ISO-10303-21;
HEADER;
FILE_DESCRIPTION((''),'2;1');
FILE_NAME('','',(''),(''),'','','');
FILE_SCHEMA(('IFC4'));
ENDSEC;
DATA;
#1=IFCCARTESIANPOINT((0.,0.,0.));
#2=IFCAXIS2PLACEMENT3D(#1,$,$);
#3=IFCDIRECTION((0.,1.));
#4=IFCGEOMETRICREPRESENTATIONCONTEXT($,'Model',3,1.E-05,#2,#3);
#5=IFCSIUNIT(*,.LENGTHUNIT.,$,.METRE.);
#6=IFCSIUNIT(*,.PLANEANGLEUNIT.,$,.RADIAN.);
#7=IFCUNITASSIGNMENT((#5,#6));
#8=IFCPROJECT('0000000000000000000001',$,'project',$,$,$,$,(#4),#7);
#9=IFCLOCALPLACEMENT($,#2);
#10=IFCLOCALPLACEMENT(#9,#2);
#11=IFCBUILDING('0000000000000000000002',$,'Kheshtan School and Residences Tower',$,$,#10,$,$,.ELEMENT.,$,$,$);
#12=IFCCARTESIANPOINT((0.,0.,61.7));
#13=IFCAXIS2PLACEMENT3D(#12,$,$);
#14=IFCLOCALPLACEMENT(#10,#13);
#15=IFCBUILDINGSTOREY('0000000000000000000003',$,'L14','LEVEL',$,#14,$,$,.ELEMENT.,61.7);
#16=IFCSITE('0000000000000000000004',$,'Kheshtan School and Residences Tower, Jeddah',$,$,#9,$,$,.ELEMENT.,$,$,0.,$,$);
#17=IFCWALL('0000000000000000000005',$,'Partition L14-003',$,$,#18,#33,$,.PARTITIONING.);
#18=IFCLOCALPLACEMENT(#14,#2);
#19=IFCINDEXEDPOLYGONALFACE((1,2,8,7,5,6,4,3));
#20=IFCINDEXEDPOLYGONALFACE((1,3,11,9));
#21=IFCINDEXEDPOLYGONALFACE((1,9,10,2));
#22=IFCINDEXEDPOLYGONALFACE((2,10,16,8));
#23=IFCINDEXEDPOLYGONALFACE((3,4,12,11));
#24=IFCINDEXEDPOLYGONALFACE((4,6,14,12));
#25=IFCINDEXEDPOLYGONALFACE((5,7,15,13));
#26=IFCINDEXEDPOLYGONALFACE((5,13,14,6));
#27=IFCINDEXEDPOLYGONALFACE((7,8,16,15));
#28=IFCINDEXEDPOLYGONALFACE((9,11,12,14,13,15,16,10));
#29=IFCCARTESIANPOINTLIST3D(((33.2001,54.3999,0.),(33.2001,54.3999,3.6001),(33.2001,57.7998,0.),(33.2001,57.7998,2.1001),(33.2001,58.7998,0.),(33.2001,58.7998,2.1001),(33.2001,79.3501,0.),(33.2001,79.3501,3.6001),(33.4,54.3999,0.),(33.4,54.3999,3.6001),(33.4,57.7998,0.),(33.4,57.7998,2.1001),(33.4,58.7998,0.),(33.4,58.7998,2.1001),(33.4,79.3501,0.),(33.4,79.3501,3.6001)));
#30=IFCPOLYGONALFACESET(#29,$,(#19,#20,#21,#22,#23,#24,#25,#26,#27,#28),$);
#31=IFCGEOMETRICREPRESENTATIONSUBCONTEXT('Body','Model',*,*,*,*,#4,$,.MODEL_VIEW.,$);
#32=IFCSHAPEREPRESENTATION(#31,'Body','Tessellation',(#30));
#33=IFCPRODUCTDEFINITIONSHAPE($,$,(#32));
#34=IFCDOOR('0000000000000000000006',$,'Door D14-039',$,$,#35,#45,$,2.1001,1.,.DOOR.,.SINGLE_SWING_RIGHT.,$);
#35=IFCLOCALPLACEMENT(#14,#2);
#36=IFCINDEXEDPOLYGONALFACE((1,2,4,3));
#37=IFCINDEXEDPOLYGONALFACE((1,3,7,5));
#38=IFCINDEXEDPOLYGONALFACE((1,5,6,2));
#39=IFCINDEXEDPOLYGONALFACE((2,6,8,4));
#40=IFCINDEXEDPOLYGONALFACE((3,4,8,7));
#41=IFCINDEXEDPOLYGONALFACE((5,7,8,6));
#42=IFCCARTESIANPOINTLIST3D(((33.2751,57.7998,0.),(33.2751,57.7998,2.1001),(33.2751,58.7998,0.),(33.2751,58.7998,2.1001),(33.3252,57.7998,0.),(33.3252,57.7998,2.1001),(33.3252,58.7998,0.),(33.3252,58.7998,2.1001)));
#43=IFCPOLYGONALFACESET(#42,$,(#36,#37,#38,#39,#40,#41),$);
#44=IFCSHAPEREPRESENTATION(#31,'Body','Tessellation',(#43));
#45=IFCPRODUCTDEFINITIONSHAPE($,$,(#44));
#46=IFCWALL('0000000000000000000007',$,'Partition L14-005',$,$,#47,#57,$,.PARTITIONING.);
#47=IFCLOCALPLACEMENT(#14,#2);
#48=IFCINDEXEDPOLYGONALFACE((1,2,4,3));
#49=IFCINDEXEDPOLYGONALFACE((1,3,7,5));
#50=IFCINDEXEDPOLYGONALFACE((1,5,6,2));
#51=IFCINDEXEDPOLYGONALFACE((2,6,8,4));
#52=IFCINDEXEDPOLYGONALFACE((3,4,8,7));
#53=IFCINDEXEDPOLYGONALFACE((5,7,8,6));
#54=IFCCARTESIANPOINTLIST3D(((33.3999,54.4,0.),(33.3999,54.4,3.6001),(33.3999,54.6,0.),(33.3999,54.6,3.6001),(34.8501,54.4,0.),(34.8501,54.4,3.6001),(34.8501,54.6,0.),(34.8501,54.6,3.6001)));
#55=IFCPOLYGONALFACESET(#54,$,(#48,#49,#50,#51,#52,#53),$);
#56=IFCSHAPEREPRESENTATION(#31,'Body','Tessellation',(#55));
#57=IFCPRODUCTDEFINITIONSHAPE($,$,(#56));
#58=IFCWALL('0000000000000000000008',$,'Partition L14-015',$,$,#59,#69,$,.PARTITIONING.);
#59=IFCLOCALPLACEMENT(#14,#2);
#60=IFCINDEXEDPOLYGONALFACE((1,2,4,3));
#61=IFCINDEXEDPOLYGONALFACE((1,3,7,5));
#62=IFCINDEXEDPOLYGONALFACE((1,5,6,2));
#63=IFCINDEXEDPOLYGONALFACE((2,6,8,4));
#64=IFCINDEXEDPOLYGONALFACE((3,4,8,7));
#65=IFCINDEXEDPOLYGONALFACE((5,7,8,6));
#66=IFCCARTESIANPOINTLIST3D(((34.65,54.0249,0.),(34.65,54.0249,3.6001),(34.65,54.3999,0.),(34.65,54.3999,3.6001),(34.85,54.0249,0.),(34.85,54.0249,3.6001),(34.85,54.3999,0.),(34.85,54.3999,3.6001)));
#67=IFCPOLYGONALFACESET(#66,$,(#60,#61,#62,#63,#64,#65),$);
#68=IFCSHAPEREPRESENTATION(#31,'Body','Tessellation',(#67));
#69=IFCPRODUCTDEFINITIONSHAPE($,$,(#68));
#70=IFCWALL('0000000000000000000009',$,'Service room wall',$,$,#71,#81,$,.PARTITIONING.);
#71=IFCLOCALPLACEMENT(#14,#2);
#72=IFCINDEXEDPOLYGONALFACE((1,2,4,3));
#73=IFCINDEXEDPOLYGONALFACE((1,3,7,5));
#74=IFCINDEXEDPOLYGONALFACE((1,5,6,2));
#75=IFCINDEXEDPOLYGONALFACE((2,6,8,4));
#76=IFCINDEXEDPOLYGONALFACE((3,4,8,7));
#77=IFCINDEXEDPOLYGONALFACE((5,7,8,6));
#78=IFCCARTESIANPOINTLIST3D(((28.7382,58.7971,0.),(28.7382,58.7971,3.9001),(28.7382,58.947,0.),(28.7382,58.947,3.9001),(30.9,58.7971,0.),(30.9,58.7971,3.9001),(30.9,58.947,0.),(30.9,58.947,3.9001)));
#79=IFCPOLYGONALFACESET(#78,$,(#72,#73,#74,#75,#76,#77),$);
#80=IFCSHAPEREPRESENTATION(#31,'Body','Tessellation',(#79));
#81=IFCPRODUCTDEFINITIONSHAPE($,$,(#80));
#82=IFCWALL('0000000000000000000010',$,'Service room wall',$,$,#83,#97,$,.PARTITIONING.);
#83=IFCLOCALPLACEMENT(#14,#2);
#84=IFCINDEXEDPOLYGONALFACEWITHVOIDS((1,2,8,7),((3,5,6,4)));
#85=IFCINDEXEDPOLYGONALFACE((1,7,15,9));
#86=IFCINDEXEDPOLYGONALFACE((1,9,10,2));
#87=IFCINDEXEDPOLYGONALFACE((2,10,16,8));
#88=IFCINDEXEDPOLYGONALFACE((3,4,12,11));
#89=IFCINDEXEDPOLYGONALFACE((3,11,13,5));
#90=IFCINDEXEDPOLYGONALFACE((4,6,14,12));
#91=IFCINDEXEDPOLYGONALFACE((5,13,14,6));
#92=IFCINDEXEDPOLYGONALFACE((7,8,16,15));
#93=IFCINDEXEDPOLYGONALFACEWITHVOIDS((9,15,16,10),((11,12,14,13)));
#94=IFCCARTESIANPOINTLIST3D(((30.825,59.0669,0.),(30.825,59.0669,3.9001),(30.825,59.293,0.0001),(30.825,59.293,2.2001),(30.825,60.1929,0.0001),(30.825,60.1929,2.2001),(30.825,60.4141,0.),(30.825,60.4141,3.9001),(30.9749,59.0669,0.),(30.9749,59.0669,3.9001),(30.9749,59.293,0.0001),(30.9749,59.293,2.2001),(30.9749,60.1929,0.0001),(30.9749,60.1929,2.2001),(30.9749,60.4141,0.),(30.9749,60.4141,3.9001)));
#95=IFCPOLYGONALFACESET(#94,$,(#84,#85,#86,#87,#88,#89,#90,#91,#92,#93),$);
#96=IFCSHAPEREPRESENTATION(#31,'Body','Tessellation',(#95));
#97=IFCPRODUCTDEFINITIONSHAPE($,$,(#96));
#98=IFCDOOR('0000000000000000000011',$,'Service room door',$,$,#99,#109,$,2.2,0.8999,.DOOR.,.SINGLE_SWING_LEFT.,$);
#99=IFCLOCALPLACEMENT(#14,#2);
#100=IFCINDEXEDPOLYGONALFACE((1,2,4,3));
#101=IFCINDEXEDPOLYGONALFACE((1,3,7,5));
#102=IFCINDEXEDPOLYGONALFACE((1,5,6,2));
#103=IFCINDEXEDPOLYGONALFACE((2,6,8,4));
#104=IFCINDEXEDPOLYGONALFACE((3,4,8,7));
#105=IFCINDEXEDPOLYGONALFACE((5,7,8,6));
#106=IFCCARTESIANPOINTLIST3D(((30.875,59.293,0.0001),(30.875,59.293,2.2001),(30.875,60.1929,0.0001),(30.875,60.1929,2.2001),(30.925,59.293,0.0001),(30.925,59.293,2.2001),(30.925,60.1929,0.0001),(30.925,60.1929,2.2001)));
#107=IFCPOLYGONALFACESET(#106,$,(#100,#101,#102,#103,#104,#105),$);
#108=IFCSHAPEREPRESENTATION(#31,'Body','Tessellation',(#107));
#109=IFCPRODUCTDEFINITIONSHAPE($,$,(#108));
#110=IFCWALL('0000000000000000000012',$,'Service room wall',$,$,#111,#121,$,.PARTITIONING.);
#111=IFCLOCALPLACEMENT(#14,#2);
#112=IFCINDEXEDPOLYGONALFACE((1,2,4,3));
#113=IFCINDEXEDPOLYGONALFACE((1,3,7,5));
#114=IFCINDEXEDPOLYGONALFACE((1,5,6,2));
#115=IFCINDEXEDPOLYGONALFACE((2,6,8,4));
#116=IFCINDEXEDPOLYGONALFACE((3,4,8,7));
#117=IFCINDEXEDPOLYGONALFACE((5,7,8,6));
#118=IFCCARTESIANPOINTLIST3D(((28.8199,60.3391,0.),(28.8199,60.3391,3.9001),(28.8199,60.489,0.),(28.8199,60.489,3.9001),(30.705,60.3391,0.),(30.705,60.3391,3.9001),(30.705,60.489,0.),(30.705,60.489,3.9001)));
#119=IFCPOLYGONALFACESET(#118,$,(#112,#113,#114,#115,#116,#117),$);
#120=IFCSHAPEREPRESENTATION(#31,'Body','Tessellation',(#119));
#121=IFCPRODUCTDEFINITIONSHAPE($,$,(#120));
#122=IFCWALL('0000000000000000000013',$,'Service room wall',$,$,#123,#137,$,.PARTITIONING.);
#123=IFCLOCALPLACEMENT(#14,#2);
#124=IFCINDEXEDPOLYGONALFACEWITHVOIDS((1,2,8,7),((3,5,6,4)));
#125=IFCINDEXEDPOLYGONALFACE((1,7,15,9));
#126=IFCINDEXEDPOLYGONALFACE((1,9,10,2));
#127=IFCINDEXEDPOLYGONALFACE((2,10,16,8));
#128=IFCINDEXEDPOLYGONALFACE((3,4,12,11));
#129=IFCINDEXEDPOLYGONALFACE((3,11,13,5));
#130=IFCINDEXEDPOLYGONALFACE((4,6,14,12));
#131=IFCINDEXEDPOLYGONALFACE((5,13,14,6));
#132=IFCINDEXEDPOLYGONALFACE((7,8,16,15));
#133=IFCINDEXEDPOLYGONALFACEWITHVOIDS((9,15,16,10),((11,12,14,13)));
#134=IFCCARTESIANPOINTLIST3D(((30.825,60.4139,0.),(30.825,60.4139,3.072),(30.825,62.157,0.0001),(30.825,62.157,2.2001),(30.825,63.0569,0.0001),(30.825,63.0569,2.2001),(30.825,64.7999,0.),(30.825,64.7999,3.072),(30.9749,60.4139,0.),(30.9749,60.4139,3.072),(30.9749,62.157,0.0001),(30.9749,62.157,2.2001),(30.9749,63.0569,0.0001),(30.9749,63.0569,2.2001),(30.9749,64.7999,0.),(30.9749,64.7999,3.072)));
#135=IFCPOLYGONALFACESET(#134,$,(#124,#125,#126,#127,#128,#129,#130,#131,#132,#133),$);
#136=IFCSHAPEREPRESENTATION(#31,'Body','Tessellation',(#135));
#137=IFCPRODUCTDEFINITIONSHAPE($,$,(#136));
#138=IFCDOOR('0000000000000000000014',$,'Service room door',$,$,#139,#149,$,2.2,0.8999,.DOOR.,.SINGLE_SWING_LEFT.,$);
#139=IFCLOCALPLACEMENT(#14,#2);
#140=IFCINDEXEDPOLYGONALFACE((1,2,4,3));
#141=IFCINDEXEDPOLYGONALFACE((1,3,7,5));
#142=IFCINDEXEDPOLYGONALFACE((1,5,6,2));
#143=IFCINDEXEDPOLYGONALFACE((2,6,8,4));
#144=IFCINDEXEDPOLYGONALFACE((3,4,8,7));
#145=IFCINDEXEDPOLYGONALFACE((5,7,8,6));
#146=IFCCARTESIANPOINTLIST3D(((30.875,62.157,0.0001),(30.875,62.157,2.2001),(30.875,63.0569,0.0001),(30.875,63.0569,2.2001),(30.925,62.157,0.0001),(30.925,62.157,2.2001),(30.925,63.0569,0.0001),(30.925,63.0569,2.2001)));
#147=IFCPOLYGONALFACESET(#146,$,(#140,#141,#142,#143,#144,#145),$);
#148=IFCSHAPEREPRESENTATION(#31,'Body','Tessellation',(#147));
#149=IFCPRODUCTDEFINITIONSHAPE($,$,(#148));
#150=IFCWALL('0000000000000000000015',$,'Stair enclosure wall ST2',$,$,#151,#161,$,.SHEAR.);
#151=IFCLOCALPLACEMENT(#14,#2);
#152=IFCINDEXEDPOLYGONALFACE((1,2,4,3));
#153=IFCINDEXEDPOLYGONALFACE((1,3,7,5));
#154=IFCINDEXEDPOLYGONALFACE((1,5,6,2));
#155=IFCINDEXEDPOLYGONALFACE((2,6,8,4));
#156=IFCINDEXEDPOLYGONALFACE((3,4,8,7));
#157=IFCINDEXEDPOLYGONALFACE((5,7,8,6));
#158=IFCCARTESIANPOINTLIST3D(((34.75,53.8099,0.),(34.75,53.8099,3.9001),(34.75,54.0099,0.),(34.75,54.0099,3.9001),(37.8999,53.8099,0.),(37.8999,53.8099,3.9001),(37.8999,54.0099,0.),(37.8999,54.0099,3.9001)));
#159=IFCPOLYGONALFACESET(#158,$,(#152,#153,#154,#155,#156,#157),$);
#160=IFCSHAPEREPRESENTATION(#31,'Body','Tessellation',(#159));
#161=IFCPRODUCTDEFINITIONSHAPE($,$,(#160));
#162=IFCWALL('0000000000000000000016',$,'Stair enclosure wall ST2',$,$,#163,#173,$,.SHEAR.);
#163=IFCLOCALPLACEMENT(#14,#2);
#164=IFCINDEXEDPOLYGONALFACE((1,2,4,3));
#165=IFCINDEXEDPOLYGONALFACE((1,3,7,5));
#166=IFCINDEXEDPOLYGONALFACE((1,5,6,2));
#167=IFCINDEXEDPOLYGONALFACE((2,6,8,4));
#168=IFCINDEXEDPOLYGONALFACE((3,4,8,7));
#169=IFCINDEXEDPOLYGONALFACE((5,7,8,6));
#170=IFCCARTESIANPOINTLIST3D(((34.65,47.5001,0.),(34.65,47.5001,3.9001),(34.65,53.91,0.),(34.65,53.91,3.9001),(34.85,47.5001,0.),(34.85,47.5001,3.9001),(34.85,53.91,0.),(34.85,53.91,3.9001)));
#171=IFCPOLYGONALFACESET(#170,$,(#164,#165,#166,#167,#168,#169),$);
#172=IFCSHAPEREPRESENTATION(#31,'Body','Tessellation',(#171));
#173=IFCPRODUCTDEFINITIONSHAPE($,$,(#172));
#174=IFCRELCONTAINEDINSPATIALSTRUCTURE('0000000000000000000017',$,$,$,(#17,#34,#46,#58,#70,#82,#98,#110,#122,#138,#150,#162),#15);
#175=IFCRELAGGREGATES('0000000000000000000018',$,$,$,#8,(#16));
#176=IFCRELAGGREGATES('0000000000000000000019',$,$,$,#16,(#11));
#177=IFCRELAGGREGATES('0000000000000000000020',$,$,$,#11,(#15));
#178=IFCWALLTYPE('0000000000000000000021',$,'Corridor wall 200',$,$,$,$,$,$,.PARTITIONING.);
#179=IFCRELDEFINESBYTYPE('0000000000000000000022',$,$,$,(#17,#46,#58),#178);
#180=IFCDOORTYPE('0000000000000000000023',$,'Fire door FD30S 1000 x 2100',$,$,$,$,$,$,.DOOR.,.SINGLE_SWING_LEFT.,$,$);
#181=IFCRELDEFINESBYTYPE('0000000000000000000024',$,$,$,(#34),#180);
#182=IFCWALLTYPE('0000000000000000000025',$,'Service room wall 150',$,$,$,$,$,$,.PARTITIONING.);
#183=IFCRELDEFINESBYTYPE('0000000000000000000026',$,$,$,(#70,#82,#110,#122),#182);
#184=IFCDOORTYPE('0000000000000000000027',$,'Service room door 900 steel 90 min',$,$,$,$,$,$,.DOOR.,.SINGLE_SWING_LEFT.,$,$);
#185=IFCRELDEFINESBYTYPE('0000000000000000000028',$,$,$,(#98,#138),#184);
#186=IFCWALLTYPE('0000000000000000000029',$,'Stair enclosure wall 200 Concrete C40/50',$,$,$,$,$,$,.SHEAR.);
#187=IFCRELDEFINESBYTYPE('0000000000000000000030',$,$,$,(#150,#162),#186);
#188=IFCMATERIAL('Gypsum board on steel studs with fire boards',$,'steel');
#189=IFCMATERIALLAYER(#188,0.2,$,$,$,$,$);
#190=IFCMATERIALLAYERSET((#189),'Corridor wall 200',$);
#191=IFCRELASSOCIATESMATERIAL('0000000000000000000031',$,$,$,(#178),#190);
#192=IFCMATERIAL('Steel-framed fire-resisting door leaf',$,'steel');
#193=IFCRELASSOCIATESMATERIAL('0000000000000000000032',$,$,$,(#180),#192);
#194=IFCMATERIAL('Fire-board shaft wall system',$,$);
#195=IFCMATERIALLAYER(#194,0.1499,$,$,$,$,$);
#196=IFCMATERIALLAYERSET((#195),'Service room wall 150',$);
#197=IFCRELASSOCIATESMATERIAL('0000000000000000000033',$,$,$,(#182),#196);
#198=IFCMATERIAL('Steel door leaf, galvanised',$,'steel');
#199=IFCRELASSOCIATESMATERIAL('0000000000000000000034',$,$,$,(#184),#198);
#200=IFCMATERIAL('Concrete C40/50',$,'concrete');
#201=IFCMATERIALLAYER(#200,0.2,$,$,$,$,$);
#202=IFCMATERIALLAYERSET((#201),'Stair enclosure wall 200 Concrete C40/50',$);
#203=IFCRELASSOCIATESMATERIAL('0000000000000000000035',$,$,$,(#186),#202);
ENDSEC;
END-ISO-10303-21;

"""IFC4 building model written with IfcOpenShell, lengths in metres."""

from ifc_helpers import new_model, si_unit, direction, frame, frame_2d, origin, place, context, subcontext, project, spatial, rectangle, extrude, source, transform, mapped, material, layer, layer_set, type_object, element, fill, save


model = new_model("IFC4")

# Units and contexts
model_context = context("Model", 3, precision=1e-05, world=origin(), true_north=direction((0.0, 1.0)))
body_context = subcontext(model_context, "Body", "Model", "MODEL_VIEW")
ifc_project = project(units=[si_unit("LENGTHUNIT", "METRE"), si_unit("PLANEANGLEUNIT", "RADIAN")], contexts=[model_context])

# Site, building, storey
site_placement = place(None, origin())
site = spatial("IfcSite", under=ifc_project, at=site_placement, Name="Kheshtan School and Residences Tower, Jeddah", CompositionType="ELEMENT", RefElevation=0.0)
building_placement = place(site_placement, origin())
building = spatial("IfcBuilding", under=site, at=building_placement, Name="Kheshtan School and Residences Tower", CompositionType="ELEMENT")
storey_placement = place(building_placement, frame((0.0, 0.0, 61.7)))
storey = spatial("IfcBuildingStorey", under=building, at=storey_placement, Name="L14", Description="LEVEL", CompositionType="ELEMENT", Elevation=61.7)

# Wall, opening, door
ifc_material_1 = material(Name="Gypsum board on steel studs with fire boards", Category="steel")
ifc_layer_1 = layer(ifc_material_1, 0.2)
ifc_layer_set_1 = layer_set([ifc_layer_1], Name="Corridor wall 200")
wall_type_1 = type_object("IfcWallType", Name="Corridor wall 200", PredefinedType="PARTITIONING", material=ifc_layer_set_1)
wall_1_placement = place(storey_placement, frame((33.3, 54.3999, 0.0), z_axis=(0.0, 0.0, 1.0), x_axis=(0.0, 1.0, 0.0)))
wall_1 = element("IfcWall", 1, at=wall_1_placement, inside=storey, type_object=wall_type_1, Name="Partition L14-003", PredefinedType="PARTITIONING", context=body_context, shape_type="SweptSolid", body=[
    extrude(rectangle(XDim=24.9502, YDim=0.2, at=frame_2d((12.4751, 0.0))), origin(), (0.0, 0.0, 1.0), 3.6001),
])
opening_1_placement = place(wall_1_placement, frame((3.3999, 0.0, 0.0)))
opening_1 = element("IfcOpeningElement", 2, at=opening_1_placement, cuts=wall_1, PredefinedType="OPENING", context=body_context, shape_type="SweptSolid", body=[
    extrude(rectangle(XDim=1.0, YDim=2.1001, at=frame_2d((0.5, 1.05))), frame((0.0, 0.1099, 0.0), z_axis=(0.0, -1.0, 0.0), x_axis=(1.0, 0.0, 0.0)), (0.0, 0.0, 1.0), 0.22),
])
ifc_material_2 = material(Name="Steel-framed fire-resisting door leaf", Category="steel")
door_type_1 = type_object("IfcDoorType", Name="Fire door FD30S 1000 x 2100", OperationType="SINGLE_SWING_LEFT", PredefinedType="DOOR", material=ifc_material_2)
shared_shape_1 = source(origin(), body_context, "Body", "SweptSolid", [
    extrude(rectangle(XDim=1.0, YDim=2.1001, at=frame_2d((0.5, 1.05))), frame((0.0, 0.0249, 0.0), z_axis=(0.0, -1.0, 0.0), x_axis=(1.0, 0.0, 0.0)), (0.0, 0.0, 1.0), 0.05),
])
door_1_placement = place(opening_1_placement, origin())
door_1 = element("IfcDoor", 3, at=door_1_placement, inside=storey, type_object=door_type_1, Name="Door D14-039", OperationType="SINGLE_SWING_RIGHT", OverallHeight=2.1001, OverallWidth=1.0, PredefinedType="DOOR", context=body_context, shape_type="MappedRepresentation", body=[
    mapped(shared_shape_1, transform((0.0, 0.0, 0.0), x_axis=(1.0, 0.0, 0.0), y_axis=(0.0, 1.0, 0.0), z_axis=(0.0, 0.0, 1.0), scale=1.0)),
])
fill(opening_1, door_1)

# Walls
wall_2_placement = place(storey_placement, frame((33.3999, 54.5, 0.0), z_axis=(0.0, 0.0, 1.0), x_axis=(1.0, 0.0, 0.0)))
element("IfcWall", 4, at=wall_2_placement, inside=storey, type_object=wall_type_1, Name="Partition L14-005", PredefinedType="PARTITIONING", context=body_context, shape_type="SweptSolid", body=[
    extrude(rectangle(XDim=1.4502, YDim=0.2, at=frame_2d((0.7251, 0.0))), origin(), (0.0, 0.0, 1.0), 3.6001),
])
wall_3_placement = place(storey_placement, frame((34.75, 54.0249, 0.0), z_axis=(0.0, 0.0, 1.0), x_axis=(0.0, 1.0, 0.0)))
element("IfcWall", 5, at=wall_3_placement, inside=storey, type_object=wall_type_1, Name="Partition L14-015", PredefinedType="PARTITIONING", context=body_context, shape_type="SweptSolid", body=[
    extrude(rectangle(XDim=0.375, YDim=0.2, at=frame_2d((0.1875, 0.0))), origin(), (0.0, 0.0, 1.0), 3.6001),
])
ifc_material_3 = material(Name="Fire-board shaft wall system")
ifc_layer_2 = layer(ifc_material_3, 0.1499)
ifc_layer_set_2 = layer_set([ifc_layer_2], Name="Service room wall 150")
wall_type_2 = type_object("IfcWallType", Name="Service room wall 150", PredefinedType="PARTITIONING", material=ifc_layer_set_2)
wall_4_placement = place(storey_placement, frame((28.738, 58.8721, 0.0), z_axis=(0.0, 0.0, 1.0), x_axis=(1.0, 0.0, 0.0)))
element("IfcWall", 6, at=wall_4_placement, inside=storey, type_object=wall_type_2, Name="Service room wall", PredefinedType="PARTITIONING", context=body_context, shape_type="SweptSolid", body=[
    extrude(rectangle(XDim=2.1619, YDim=0.1499, at=frame_2d((1.0811, 0.0))), origin(), (0.0, 0.0, 1.0), 3.9001),
])

# Wall, opening, door
wall_5_placement = place(storey_placement, frame((30.8999, 59.0669, 0.0), z_axis=(0.0, 0.0, 1.0), x_axis=(0.0, 1.0, 0.0)))
wall_5 = element("IfcWall", 7, at=wall_5_placement, inside=storey, type_object=wall_type_2, Name="Service room wall", PredefinedType="PARTITIONING", context=body_context, shape_type="SweptSolid", body=[
    extrude(rectangle(XDim=1.3472, YDim=0.1499, at=frame_2d((0.6736, 0.0))), origin(), (0.0, 0.0, 1.0), 3.9001),
])
opening_2_placement = place(wall_5_placement, frame((0.2261, 0.0, 0.0)))
opening_2 = element("IfcOpeningElement", 8, at=opening_2_placement, cuts=wall_5, PredefinedType="OPENING", context=body_context, shape_type="SweptSolid", body=[
    extrude(rectangle(XDim=0.8999, YDim=2.2, at=frame_2d((0.45, 1.1001))), frame((0.0, 0.085, 0.0), z_axis=(0.0, -1.0, 0.0), x_axis=(1.0, 0.0, 0.0)), (0.0, 0.0, 1.0), 0.1699),
])
ifc_material_4 = material(Name="Steel door leaf, galvanised", Category="steel")
door_type_2 = type_object("IfcDoorType", Name="Service room door 900 steel 90 min", OperationType="SINGLE_SWING_LEFT", PredefinedType="DOOR", material=ifc_material_4)
shared_shape_2 = source(origin(), body_context, "Body", "SweptSolid", [
    extrude(rectangle(XDim=0.8999, YDim=2.2, at=frame_2d((0.45, 1.1001))), frame((0.0, 0.0249, 0.0), z_axis=(0.0, -1.0, 0.0), x_axis=(1.0, 0.0, 0.0)), (0.0, 0.0, 1.0), 0.05),
])
door_2_placement = place(opening_2_placement, origin())
door_2 = element("IfcDoor", 9, at=door_2_placement, inside=storey, type_object=door_type_2, Name="Service room door", OperationType="SINGLE_SWING_LEFT", OverallHeight=2.2, OverallWidth=0.8999, PredefinedType="DOOR", context=body_context, shape_type="MappedRepresentation", body=[
    mapped(shared_shape_2, transform((0.0, 0.0, 0.0), x_axis=(1.0, 0.0, 0.0), y_axis=(0.0, 1.0, 0.0), z_axis=(0.0, 0.0, 1.0), scale=1.0)),
])
fill(opening_2, door_2)

# Wall
wall_6_placement = place(storey_placement, frame((28.8201, 60.4141, 0.0), z_axis=(0.0, 0.0, 1.0), x_axis=(1.0, 0.0, 0.0)))
element("IfcWall", 10, at=wall_6_placement, inside=storey, type_object=wall_type_2, Name="Service room wall", PredefinedType="PARTITIONING", context=body_context, shape_type="SweptSolid", body=[
    extrude(rectangle(XDim=1.885, YDim=0.1499, at=frame_2d((0.9424, 0.0))), origin(), (0.0, 0.0, 1.0), 3.9001),
])

# Wall, opening, door
wall_7_placement = place(storey_placement, frame((30.8999, 60.4141, 0.0), z_axis=(0.0, 0.0, 1.0), x_axis=(0.0, 1.0, 0.0)))
wall_7 = element("IfcWall", 11, at=wall_7_placement, inside=storey, type_object=wall_type_2, Name="Service room wall", PredefinedType="PARTITIONING", context=body_context, shape_type="SweptSolid", body=[
    extrude(rectangle(XDim=4.386, YDim=0.1499, at=frame_2d((2.1929, 0.0))), origin(), (0.0, 0.0, 1.0), 3.072),
])
opening_3_placement = place(wall_7_placement, frame((1.7429, 0.0, 0.0)))
opening_3 = element("IfcOpeningElement", 12, at=opening_3_placement, cuts=wall_7, PredefinedType="OPENING", context=body_context, shape_type="SweptSolid", body=[
    extrude(rectangle(XDim=0.8999, YDim=2.2, at=frame_2d((0.45, 1.1001))), frame((0.0, 0.085, 0.0), z_axis=(0.0, -1.0, 0.0), x_axis=(1.0, 0.0, 0.0)), (0.0, 0.0, 1.0), 0.1699),
])
door_3_placement = place(opening_3_placement, origin())
door_3 = element("IfcDoor", 13, at=door_3_placement, inside=storey, type_object=door_type_2, Name="Service room door", OperationType="SINGLE_SWING_LEFT", OverallHeight=2.2, OverallWidth=0.8999, PredefinedType="DOOR", context=body_context, shape_type="MappedRepresentation", body=[
    mapped(shared_shape_2, transform((0.0, 0.0, 0.0), x_axis=(1.0, 0.0, 0.0), y_axis=(0.0, 1.0, 0.0), z_axis=(0.0, 0.0, 1.0), scale=1.0)),
])
fill(opening_3, door_3)

# Walls
ifc_material_5 = material(Name="Concrete C40/50", Category="concrete")
ifc_layer_3 = layer(ifc_material_5, 0.2)
ifc_layer_set_3 = layer_set([ifc_layer_3], Name="Stair enclosure wall 200 Concrete C40/50")
wall_type_3 = type_object("IfcWallType", Name="Stair enclosure wall 200 Concrete C40/50", PredefinedType="SHEAR", material=ifc_layer_set_3)
wall_8_placement = place(storey_placement, frame((34.75, 53.9099, 0.0), z_axis=(0.0, 0.0, 1.0), x_axis=(1.0, 0.0, 0.0)))
element("IfcWall", 14, at=wall_8_placement, inside=storey, type_object=wall_type_3, Name="Stair enclosure wall ST2", PredefinedType="SHEAR", context=body_context, shape_type="SweptSolid", body=[
    extrude(rectangle(XDim=3.1499, YDim=0.2, at=frame_2d((1.575, 0.0))), origin(), (0.0, 0.0, 1.0), 3.9001),
])
wall_9_placement = place(storey_placement, frame((34.75, 47.5, 0.0), z_axis=(0.0, 0.0, 1.0), x_axis=(0.0, 1.0, 0.0)))
element("IfcWall", 15, at=wall_9_placement, inside=storey, type_object=wall_type_3, Name="Stair enclosure wall ST2", PredefinedType="SHEAR", context=body_context, shape_type="SweptSolid", body=[
    extrude(rectangle(XDim=6.4099, YDim=0.2, at=frame_2d((3.2051, 0.0))), origin(), (0.0, 0.0, 1.0), 3.9001),
])

save(model, "model.ifc")
